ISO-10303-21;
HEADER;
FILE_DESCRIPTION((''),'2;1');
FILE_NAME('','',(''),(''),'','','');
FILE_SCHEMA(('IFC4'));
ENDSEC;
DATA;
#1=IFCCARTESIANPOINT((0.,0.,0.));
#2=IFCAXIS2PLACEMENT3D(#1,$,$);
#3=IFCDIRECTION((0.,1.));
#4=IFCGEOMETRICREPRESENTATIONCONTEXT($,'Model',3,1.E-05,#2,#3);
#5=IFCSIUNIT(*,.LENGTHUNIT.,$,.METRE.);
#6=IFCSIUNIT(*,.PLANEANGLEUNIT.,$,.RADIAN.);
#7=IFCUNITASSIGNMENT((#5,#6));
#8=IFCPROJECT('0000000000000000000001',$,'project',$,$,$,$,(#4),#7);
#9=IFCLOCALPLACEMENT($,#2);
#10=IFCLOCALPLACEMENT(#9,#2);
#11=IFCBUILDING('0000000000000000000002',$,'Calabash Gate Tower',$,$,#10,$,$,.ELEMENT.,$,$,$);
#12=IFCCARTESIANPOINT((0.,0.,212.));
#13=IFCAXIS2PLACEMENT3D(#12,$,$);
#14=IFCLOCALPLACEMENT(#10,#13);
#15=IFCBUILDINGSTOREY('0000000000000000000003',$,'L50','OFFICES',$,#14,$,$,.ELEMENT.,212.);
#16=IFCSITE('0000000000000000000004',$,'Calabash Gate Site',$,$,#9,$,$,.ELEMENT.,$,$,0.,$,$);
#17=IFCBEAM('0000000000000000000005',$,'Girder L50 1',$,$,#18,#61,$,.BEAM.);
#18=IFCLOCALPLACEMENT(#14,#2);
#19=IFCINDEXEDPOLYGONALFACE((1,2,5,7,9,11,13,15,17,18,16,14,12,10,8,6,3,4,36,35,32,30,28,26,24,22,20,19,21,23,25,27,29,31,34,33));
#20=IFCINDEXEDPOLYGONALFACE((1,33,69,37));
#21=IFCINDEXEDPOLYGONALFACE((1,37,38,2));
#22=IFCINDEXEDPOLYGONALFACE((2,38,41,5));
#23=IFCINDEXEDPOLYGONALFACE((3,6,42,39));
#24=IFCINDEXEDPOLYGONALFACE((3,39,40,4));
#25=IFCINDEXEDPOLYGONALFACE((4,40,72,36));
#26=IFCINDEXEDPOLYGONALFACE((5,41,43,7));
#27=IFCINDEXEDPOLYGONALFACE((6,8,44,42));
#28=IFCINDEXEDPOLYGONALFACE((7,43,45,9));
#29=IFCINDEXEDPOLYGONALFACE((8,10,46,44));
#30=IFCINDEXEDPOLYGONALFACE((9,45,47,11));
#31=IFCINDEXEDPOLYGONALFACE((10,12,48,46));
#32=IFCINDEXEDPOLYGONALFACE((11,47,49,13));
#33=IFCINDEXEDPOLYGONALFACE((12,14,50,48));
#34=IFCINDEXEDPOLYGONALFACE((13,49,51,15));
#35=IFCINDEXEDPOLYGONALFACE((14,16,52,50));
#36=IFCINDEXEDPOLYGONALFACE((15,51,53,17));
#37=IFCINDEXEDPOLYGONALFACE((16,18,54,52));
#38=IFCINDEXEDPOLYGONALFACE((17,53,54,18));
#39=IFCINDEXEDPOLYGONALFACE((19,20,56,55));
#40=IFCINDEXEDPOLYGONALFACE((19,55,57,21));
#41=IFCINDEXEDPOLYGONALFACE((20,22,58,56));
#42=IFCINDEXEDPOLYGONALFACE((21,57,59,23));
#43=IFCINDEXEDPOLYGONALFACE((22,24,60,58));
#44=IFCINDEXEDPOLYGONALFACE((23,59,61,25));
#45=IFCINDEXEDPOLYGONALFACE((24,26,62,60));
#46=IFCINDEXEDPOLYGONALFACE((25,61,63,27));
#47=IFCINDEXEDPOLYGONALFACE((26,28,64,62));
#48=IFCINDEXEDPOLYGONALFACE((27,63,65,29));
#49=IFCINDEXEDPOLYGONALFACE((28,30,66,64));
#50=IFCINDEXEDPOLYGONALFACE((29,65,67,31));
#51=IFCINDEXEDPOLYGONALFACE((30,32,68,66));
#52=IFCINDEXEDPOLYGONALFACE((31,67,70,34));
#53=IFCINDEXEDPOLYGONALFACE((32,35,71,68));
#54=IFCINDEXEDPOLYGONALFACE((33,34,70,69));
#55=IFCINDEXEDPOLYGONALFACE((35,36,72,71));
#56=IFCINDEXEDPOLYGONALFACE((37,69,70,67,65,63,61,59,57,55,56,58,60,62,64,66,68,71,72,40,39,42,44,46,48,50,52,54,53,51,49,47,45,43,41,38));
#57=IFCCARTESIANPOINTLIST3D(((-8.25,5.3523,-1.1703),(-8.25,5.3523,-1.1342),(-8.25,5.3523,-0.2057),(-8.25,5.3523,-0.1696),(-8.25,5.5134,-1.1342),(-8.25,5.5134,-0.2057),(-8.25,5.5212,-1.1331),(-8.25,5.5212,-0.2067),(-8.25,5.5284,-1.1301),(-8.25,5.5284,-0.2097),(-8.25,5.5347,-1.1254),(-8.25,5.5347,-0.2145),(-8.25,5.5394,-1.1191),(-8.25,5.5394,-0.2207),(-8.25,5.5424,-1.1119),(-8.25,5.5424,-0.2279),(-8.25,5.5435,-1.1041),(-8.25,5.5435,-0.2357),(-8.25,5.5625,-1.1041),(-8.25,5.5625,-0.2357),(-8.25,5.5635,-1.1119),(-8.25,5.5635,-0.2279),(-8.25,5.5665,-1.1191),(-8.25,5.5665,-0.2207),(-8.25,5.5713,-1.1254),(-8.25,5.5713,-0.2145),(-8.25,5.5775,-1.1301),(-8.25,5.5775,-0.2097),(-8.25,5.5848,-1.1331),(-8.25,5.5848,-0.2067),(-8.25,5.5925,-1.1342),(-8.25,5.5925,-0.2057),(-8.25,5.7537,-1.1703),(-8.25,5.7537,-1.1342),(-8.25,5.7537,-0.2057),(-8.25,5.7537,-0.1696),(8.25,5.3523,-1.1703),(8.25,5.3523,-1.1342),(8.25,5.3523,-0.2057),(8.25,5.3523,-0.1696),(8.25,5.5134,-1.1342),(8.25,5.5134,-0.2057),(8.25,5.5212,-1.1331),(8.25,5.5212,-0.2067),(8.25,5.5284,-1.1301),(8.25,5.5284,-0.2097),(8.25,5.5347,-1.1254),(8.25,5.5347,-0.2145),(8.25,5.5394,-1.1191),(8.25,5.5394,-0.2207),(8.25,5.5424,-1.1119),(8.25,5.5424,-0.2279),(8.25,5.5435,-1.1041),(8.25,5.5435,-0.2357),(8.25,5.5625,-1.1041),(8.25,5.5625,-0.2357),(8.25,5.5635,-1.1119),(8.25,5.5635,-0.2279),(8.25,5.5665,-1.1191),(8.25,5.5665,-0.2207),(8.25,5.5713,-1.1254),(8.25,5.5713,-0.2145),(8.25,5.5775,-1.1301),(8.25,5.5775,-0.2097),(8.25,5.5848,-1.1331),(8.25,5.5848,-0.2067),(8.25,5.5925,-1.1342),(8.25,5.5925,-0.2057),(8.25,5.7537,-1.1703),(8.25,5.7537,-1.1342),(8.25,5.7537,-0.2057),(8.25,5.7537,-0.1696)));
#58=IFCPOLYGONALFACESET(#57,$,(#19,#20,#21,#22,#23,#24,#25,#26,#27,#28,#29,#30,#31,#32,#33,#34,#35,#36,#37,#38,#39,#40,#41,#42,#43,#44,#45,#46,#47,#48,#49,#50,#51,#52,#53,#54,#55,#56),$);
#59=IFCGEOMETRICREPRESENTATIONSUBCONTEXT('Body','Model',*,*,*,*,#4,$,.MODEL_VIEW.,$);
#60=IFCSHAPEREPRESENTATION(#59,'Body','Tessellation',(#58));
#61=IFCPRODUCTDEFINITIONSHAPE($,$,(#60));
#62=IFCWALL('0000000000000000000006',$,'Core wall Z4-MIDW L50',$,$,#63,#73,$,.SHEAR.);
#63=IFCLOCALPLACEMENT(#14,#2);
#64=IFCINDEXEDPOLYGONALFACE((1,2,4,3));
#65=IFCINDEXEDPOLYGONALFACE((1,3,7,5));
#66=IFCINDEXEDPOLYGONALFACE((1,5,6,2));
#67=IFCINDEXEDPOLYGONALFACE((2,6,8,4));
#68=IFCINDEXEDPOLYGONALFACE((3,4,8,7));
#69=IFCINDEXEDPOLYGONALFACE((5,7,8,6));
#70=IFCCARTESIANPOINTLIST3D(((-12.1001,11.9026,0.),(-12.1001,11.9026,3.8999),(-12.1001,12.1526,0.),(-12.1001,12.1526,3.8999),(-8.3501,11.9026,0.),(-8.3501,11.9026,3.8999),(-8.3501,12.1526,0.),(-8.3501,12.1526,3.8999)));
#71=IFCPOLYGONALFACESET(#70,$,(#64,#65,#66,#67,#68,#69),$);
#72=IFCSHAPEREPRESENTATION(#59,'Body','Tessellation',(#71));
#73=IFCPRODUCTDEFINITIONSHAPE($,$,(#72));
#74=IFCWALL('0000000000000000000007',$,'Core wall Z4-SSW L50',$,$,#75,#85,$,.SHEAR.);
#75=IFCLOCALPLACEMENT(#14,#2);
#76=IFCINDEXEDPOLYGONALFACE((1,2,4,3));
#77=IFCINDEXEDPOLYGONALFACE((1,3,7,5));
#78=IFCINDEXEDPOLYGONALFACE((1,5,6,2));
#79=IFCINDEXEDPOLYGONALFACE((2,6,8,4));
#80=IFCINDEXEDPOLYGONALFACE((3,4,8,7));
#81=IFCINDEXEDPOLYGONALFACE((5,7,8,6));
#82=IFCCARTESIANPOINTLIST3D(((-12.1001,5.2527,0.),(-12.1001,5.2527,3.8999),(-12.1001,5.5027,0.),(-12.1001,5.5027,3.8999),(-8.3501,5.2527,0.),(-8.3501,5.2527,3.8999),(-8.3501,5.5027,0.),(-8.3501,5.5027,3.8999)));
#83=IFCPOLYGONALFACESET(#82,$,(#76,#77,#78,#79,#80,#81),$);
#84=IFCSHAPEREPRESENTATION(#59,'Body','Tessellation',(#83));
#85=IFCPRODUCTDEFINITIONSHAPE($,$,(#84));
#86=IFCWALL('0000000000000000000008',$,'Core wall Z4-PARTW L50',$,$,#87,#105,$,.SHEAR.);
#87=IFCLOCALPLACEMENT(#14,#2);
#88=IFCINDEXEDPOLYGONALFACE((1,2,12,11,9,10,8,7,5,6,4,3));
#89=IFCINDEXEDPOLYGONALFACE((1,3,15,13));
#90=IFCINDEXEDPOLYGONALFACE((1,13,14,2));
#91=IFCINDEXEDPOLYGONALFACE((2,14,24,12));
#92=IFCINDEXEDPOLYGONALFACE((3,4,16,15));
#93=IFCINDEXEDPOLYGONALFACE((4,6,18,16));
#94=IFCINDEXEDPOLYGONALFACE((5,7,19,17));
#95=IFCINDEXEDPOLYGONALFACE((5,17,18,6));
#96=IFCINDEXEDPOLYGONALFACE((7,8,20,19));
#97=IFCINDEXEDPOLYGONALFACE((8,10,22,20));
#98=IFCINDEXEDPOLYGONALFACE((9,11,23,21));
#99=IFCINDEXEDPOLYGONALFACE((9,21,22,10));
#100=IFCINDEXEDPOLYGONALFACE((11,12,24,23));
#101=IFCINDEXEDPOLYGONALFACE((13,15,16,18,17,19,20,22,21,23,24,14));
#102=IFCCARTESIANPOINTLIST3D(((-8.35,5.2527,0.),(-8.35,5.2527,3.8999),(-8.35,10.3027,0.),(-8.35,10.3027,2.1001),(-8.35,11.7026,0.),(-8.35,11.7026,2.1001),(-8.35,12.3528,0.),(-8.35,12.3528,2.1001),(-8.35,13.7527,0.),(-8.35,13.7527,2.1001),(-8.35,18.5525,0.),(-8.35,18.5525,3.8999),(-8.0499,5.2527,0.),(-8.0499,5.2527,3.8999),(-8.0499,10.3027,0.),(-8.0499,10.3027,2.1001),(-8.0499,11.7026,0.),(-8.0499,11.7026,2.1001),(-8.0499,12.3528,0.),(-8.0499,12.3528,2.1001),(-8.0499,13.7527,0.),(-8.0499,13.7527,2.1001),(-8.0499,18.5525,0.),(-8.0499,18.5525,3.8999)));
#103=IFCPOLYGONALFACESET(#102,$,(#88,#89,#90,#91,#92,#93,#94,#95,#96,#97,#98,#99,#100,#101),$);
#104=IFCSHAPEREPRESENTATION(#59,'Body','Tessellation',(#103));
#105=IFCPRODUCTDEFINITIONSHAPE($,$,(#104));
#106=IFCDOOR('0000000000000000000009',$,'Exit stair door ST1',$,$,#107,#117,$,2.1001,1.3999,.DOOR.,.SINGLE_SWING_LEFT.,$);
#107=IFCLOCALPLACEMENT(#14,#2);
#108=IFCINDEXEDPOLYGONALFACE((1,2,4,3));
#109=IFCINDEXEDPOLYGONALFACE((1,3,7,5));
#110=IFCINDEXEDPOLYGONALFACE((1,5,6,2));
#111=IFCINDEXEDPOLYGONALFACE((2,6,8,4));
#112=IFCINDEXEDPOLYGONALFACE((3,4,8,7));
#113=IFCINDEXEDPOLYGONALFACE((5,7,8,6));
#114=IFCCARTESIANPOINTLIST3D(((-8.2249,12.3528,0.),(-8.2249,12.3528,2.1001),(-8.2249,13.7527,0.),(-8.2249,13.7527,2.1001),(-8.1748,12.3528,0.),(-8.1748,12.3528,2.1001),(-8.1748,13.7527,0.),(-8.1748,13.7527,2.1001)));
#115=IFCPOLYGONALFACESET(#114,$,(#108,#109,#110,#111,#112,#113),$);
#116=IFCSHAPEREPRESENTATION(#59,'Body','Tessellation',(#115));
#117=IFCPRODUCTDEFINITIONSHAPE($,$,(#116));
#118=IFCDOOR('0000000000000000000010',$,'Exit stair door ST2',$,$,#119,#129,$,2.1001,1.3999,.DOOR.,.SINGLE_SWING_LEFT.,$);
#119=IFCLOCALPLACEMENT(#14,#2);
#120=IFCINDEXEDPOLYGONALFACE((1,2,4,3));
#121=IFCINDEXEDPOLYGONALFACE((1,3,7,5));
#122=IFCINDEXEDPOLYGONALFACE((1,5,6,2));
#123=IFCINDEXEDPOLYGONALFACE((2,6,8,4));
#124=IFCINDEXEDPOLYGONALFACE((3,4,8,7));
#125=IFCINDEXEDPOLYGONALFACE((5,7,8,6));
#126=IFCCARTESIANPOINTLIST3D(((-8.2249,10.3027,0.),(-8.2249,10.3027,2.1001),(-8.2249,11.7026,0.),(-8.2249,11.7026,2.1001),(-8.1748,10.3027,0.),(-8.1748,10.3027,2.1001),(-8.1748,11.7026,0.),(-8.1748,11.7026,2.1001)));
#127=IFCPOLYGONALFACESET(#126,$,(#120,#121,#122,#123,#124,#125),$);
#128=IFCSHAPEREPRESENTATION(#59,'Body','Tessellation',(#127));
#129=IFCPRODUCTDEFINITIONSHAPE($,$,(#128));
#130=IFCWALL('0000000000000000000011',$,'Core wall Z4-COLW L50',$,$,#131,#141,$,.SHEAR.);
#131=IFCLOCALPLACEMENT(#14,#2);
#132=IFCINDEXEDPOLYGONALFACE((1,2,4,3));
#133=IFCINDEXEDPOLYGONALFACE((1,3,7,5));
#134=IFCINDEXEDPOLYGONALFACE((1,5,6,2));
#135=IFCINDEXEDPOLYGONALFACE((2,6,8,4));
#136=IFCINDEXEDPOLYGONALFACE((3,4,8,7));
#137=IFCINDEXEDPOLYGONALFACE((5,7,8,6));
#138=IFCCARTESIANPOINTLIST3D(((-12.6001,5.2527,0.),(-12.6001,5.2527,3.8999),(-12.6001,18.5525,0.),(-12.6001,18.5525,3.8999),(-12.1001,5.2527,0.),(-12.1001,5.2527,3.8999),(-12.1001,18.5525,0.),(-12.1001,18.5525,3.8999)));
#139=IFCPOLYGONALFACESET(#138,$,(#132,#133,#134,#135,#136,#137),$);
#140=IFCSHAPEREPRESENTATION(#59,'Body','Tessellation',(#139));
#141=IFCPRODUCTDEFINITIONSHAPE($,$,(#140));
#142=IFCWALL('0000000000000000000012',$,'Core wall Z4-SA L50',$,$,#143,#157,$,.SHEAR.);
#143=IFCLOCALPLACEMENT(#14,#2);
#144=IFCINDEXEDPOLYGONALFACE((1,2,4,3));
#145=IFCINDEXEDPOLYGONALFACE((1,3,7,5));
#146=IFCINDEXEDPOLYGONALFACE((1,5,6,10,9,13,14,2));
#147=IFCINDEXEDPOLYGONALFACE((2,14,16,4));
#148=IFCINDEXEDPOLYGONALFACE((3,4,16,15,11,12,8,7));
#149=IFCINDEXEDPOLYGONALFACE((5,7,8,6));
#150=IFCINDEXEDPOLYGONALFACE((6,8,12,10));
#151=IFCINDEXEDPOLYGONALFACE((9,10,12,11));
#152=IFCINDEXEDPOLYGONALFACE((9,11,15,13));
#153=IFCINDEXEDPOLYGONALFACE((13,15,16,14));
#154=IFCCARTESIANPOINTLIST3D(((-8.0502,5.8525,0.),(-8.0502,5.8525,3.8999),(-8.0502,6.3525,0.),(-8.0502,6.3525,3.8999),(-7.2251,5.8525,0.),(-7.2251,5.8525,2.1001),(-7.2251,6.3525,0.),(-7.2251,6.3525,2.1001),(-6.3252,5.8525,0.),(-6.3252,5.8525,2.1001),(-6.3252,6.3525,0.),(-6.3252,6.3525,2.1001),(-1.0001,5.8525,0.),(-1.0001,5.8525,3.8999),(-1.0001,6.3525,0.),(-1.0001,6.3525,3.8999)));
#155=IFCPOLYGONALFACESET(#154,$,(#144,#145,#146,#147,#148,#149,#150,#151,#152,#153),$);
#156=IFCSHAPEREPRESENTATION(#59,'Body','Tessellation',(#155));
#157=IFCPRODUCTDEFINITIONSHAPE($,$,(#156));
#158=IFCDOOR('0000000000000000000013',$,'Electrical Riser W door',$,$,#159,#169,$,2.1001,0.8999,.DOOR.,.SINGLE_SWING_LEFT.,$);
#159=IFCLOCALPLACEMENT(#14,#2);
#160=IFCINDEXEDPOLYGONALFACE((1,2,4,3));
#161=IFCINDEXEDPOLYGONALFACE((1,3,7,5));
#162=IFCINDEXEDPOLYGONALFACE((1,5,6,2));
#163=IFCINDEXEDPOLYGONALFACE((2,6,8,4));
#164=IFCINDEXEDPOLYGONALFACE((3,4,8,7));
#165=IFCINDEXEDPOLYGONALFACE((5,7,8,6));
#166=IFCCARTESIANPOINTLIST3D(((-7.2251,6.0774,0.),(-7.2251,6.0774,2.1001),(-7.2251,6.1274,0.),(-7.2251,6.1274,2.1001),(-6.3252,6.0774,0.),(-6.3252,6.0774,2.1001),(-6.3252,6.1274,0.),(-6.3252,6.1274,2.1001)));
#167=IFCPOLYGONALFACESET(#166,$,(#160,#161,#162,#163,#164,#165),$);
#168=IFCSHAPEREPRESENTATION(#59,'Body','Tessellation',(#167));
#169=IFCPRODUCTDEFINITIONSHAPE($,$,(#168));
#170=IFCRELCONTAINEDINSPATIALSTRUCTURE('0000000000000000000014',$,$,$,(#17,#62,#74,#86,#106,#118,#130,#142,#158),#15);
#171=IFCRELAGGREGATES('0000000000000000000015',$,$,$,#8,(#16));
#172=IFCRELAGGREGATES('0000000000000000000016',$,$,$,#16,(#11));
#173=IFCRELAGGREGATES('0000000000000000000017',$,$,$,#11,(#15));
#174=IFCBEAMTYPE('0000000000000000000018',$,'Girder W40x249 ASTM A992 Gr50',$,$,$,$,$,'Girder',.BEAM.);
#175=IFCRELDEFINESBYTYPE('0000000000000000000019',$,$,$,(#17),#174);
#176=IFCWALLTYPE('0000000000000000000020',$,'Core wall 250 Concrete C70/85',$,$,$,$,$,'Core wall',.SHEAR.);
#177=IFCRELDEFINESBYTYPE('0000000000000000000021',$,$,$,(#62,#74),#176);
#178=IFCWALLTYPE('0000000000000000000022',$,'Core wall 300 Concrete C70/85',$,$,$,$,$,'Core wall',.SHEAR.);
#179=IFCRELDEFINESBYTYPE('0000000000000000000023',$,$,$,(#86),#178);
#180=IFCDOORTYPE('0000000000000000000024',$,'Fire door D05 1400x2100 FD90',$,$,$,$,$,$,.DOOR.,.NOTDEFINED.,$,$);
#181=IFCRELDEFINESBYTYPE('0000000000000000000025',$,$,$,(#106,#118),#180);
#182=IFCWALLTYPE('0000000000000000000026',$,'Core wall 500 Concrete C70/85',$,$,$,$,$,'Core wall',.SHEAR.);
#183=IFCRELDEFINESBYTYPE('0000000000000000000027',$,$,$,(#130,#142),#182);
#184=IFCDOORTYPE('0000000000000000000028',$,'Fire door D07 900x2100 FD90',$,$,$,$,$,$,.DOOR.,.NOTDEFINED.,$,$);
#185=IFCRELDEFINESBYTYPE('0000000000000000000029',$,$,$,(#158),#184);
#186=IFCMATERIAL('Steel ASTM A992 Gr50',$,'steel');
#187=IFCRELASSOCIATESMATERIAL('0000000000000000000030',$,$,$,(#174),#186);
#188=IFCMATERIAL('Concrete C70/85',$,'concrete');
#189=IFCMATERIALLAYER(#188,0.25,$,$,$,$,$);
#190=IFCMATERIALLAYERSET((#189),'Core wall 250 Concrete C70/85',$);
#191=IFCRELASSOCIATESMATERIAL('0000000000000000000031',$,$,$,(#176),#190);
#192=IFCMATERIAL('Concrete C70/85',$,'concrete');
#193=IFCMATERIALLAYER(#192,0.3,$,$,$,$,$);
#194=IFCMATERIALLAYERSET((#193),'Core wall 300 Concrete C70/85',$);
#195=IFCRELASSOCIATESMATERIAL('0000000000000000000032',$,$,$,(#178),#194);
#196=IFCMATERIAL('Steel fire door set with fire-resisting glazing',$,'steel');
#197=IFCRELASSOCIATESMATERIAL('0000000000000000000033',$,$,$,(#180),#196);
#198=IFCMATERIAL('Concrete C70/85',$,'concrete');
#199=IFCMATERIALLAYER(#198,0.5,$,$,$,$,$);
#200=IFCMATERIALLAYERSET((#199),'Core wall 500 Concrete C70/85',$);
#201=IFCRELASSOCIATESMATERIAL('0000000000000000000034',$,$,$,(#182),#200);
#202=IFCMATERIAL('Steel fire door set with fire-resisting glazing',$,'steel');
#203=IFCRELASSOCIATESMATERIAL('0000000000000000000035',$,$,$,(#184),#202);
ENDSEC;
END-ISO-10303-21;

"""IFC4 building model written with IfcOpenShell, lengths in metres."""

from ifc_helpers import new_model, si_unit, direction, frame, frame_2d, origin, origin_2d, place, context, subcontext, project, spatial, rectangle, i_section, extrude, material, layer, layer_set, material_profile, profile_set, type_object, element, fill, save


model = new_model("IFC4")

# Units and contexts
model_context = context("Model", 3, precision=1e-05, world=origin(), true_north=direction((0.0, 1.0)))
body_context = subcontext(model_context, "Body", "Model", "MODEL_VIEW")
ifc_project = project(units=[si_unit("LENGTHUNIT", "METRE"), si_unit("PLANEANGLEUNIT", "RADIAN")], contexts=[model_context])

# Site, building, storey
site_placement = place(None, origin())
site = spatial("IfcSite", under=ifc_project, at=site_placement, Name="Calabash Gate Site", CompositionType="ELEMENT", RefElevation=0.0)
building_placement = place(site_placement, origin())
building = spatial("IfcBuilding", under=site, at=building_placement, Name="Calabash Gate Tower", CompositionType="ELEMENT")
storey_placement = place(building_placement, frame((0.0, 0.0, 212.0)))
storey = spatial("IfcBuildingStorey", under=building, at=storey_placement, Name="L50", Description="OFFICES", CompositionType="ELEMENT", Elevation=212.0)

# Beam
ifc_material_1 = material(Name="Steel ASTM A992 Gr50", Category="steel")
ifc_material_profile = material_profile(ifc_material_1, i_section(OverallWidth=0.4014, OverallDepth=1.0007, WebThickness=0.019, FlangeThickness=0.0361, FilletRadius=0.03, at=origin_2d()))
ifc_profile_set = profile_set([ifc_material_profile], Name="Steel ASTM A992 Gr50")
beam_type = type_object("IfcBeamType", Name="Girder W40x249 ASTM A992 Gr50", ElementType="Girder", PredefinedType="BEAM", material=ifc_profile_set)
beam_placement = place(storey_placement, frame((-8.25, 5.553, -0.6699), z_axis=(1.0, 0.0, 0.0), x_axis=(0.0, 1.0, 0.0)))
element("IfcBeam", 1, at=beam_placement, inside=storey, type_object=beam_type, Name="Girder L50 1", PredefinedType="BEAM", context=body_context, shape_type="SweptSolid", body=[
    extrude(i_section(OverallWidth=0.4014, OverallDepth=1.0007, WebThickness=0.019, FlangeThickness=0.0361, FilletRadius=0.03, at=origin_2d()), origin(), (0.0, 0.0, 1.0), 16.5),
])

# Walls
ifc_material_2 = material(Name="Concrete C70/85", Category="concrete")
ifc_layer_1 = layer(ifc_material_2, 0.25)
ifc_layer_set_1 = layer_set([ifc_layer_1], Name="Core wall 250 Concrete C70/85")
wall_type_1 = type_object("IfcWallType", Name="Core wall 250 Concrete C70/85", ElementType="Core wall", PredefinedType="SHEAR", material=ifc_layer_set_1)
for number, where, z_axis, x_axis, name in (
    (2, (-12.1001, 12.0276, 0.0), (0.0, 0.0, 1.0), (1.0, 0.0, 0.0), "Core wall Z4-MIDW L50"),
    (3, (-12.1001, 5.3777, 0.0), (0.0, 0.0, 1.0), (1.0, 0.0, 0.0), "Core wall Z4-SSW L50"),
):
    element("IfcWall", number, at=place(storey_placement, frame(where, z_axis=z_axis, x_axis=x_axis)), inside=storey, type_object=wall_type_1, Name=name, PredefinedType="SHEAR", context=body_context, shape_type="SweptSolid", body=[
        extrude(rectangle(XDim=3.75, YDim=0.25, at=frame_2d((1.875, 0.0))), origin(), (0.0, 0.0, 1.0), 3.8999),
    ])

# Wall, openings, doors
ifc_material_3 = material(Name="Concrete C70/85", Category="concrete")
ifc_layer_2 = layer(ifc_material_3, 0.3)
ifc_layer_set_2 = layer_set([ifc_layer_2], Name="Core wall 300 Concrete C70/85")
wall_type_2 = type_object("IfcWallType", Name="Core wall 300 Concrete C70/85", ElementType="Core wall", PredefinedType="SHEAR", material=ifc_layer_set_2)
wall_1_placement = place(storey_placement, frame((-8.2, 5.2527, 0.0), z_axis=(0.0, 0.0, 1.0), x_axis=(0.0, 1.0, 0.0)))
wall_1 = element("IfcWall", 4, at=wall_1_placement, inside=storey, type_object=wall_type_2, Name="Core wall Z4-PARTW L50", PredefinedType="SHEAR", context=body_context, shape_type="SweptSolid", body=[
    extrude(rectangle(XDim=13.2998, YDim=0.3, at=frame_2d((6.6499, 0.0))), origin(), (0.0, 0.0, 1.0), 3.8999),
])
opening_1_placement = place(wall_1_placement, frame((7.1001, 0.0, 0.0)))
opening_1 = element("IfcOpeningElement", 5, at=opening_1_placement, cuts=wall_1, PredefinedType="OPENING", context=body_context, shape_type="SweptSolid", body=[
    extrude(rectangle(XDim=1.3999, YDim=2.1001, at=frame_2d((0.7, 1.05))), frame((0.0, 0.1599, 0.0), z_axis=(0.0, -1.0, 0.0), x_axis=(1.0, 0.0, 0.0)), (0.0, 0.0, 1.0), 0.3201),
])
opening_2_placement = place(wall_1_placement, frame((5.05, 0.0, 0.0)))
opening_2 = element("IfcOpeningElement", 6, at=opening_2_placement, cuts=wall_1, PredefinedType="OPENING", context=body_context, shape_type="SweptSolid", body=[
    extrude(rectangle(XDim=1.3999, YDim=2.1001, at=frame_2d((0.7, 1.05))), frame((0.0, 0.1599, 0.0), z_axis=(0.0, -1.0, 0.0), x_axis=(1.0, 0.0, 0.0)), (0.0, 0.0, 1.0), 0.3201),
])
ifc_material_4 = material(Name="Steel fire door set with fire-resisting glazing", Category="steel")
door_type_1 = type_object("IfcDoorType", Name="Fire door D05 1400x2100 FD90", OperationType="NOTDEFINED", PredefinedType="DOOR", material=ifc_material_4)
door_1_placement = place(opening_1_placement, origin())
door_1 = element("IfcDoor", 7, at=door_1_placement, inside=storey, type_object=door_type_1, Name="Exit stair door ST1", OperationType="SINGLE_SWING_LEFT", OverallHeight=2.1001, OverallWidth=1.3999, PredefinedType="DOOR", context=body_context, shape_type="SweptSolid", body=[
    extrude(rectangle(XDim=1.3999, YDim=2.1001, at=frame_2d((0.7, 1.05))), frame((0.0, 0.0249, 0.0), z_axis=(0.0, -1.0, 0.0), x_axis=(1.0, 0.0, 0.0)), (0.0, 0.0, 1.0), 0.05),
])
fill(opening_1, door_1)
door_2_placement = place(opening_2_placement, origin())
door_2 = element("IfcDoor", 8, at=door_2_placement, inside=storey, type_object=door_type_1, Name="Exit stair door ST2", OperationType="SINGLE_SWING_LEFT", OverallHeight=2.1001, OverallWidth=1.3999, PredefinedType="DOOR", context=body_context, shape_type="SweptSolid", body=[
    extrude(rectangle(XDim=1.3999, YDim=2.1001, at=frame_2d((0.7, 1.05))), frame((0.0, 0.0249, 0.0), z_axis=(0.0, -1.0, 0.0), x_axis=(1.0, 0.0, 0.0)), (0.0, 0.0, 1.0), 0.05),
])
fill(opening_2, door_2)

# Wall
ifc_material_5 = material(Name="Concrete C70/85", Category="concrete")
ifc_layer_3 = layer(ifc_material_5, 0.5)
ifc_layer_set_3 = layer_set([ifc_layer_3], Name="Core wall 500 Concrete C70/85")
wall_type_3 = type_object("IfcWallType", Name="Core wall 500 Concrete C70/85", ElementType="Core wall", PredefinedType="SHEAR", material=ifc_layer_set_3)
wall_2_placement = place(storey_placement, frame((-12.3501, 5.2527, 0.0), z_axis=(0.0, 0.0, 1.0), x_axis=(0.0, 1.0, 0.0)))
element("IfcWall", 9, at=wall_2_placement, inside=storey, type_object=wall_type_3, Name="Core wall Z4-COLW L50", PredefinedType="SHEAR", context=body_context, shape_type="SweptSolid", body=[
    extrude(rectangle(XDim=13.2998, YDim=0.5, at=frame_2d((6.6499, 0.0))), origin(), (0.0, 0.0, 1.0), 3.8999),
])

# Wall, opening, door
wall_3_placement = place(storey_placement, frame((-8.05, 6.1025, 0.0), z_axis=(0.0, 0.0, 1.0), x_axis=(1.0, 0.0, 0.0)))
wall_3 = element("IfcWall", 10, at=wall_3_placement, inside=storey, type_object=wall_type_3, Name="Core wall Z4-SA L50", PredefinedType="SHEAR", context=body_context, shape_type="SweptSolid", body=[
    extrude(rectangle(XDim=7.05, YDim=0.5, at=frame_2d((3.5249, 0.0))), origin(), (0.0, 0.0, 1.0), 3.8999),
])
opening_3_placement = place(wall_3_placement, frame((0.825, 0.0, 0.0)))
opening_3 = element("IfcOpeningElement", 11, at=opening_3_placement, cuts=wall_3, PredefinedType="OPENING", context=body_context, shape_type="SweptSolid", body=[
    extrude(rectangle(XDim=0.8999, YDim=2.1001, at=frame_2d((0.45, 1.05))), frame((0.0, 0.26, 0.0), z_axis=(0.0, -1.0, 0.0), x_axis=(1.0, 0.0, 0.0)), (0.0, 0.0, 1.0), 0.52),
])
ifc_material_6 = material(Name="Steel fire door set with fire-resisting glazing", Category="steel")
door_type_2 = type_object("IfcDoorType", Name="Fire door D07 900x2100 FD90", OperationType="NOTDEFINED", PredefinedType="DOOR", material=ifc_material_6)
door_3_placement = place(opening_3_placement, origin())
door_3 = element("IfcDoor", 12, at=door_3_placement, inside=storey, type_object=door_type_2, Name="Electrical Riser W door", OperationType="SINGLE_SWING_LEFT", OverallHeight=2.1001, OverallWidth=0.8999, PredefinedType="DOOR", context=body_context, shape_type="SweptSolid", body=[
    extrude(rectangle(XDim=0.8999, YDim=2.1001, at=frame_2d((0.45, 1.05))), frame((0.0, 0.0249, 0.0), z_axis=(0.0, -1.0, 0.0), x_axis=(1.0, 0.0, 0.0)), (0.0, 0.0, 1.0), 0.05),
])
fill(opening_3, door_3)

save(model, "model.ifc")
